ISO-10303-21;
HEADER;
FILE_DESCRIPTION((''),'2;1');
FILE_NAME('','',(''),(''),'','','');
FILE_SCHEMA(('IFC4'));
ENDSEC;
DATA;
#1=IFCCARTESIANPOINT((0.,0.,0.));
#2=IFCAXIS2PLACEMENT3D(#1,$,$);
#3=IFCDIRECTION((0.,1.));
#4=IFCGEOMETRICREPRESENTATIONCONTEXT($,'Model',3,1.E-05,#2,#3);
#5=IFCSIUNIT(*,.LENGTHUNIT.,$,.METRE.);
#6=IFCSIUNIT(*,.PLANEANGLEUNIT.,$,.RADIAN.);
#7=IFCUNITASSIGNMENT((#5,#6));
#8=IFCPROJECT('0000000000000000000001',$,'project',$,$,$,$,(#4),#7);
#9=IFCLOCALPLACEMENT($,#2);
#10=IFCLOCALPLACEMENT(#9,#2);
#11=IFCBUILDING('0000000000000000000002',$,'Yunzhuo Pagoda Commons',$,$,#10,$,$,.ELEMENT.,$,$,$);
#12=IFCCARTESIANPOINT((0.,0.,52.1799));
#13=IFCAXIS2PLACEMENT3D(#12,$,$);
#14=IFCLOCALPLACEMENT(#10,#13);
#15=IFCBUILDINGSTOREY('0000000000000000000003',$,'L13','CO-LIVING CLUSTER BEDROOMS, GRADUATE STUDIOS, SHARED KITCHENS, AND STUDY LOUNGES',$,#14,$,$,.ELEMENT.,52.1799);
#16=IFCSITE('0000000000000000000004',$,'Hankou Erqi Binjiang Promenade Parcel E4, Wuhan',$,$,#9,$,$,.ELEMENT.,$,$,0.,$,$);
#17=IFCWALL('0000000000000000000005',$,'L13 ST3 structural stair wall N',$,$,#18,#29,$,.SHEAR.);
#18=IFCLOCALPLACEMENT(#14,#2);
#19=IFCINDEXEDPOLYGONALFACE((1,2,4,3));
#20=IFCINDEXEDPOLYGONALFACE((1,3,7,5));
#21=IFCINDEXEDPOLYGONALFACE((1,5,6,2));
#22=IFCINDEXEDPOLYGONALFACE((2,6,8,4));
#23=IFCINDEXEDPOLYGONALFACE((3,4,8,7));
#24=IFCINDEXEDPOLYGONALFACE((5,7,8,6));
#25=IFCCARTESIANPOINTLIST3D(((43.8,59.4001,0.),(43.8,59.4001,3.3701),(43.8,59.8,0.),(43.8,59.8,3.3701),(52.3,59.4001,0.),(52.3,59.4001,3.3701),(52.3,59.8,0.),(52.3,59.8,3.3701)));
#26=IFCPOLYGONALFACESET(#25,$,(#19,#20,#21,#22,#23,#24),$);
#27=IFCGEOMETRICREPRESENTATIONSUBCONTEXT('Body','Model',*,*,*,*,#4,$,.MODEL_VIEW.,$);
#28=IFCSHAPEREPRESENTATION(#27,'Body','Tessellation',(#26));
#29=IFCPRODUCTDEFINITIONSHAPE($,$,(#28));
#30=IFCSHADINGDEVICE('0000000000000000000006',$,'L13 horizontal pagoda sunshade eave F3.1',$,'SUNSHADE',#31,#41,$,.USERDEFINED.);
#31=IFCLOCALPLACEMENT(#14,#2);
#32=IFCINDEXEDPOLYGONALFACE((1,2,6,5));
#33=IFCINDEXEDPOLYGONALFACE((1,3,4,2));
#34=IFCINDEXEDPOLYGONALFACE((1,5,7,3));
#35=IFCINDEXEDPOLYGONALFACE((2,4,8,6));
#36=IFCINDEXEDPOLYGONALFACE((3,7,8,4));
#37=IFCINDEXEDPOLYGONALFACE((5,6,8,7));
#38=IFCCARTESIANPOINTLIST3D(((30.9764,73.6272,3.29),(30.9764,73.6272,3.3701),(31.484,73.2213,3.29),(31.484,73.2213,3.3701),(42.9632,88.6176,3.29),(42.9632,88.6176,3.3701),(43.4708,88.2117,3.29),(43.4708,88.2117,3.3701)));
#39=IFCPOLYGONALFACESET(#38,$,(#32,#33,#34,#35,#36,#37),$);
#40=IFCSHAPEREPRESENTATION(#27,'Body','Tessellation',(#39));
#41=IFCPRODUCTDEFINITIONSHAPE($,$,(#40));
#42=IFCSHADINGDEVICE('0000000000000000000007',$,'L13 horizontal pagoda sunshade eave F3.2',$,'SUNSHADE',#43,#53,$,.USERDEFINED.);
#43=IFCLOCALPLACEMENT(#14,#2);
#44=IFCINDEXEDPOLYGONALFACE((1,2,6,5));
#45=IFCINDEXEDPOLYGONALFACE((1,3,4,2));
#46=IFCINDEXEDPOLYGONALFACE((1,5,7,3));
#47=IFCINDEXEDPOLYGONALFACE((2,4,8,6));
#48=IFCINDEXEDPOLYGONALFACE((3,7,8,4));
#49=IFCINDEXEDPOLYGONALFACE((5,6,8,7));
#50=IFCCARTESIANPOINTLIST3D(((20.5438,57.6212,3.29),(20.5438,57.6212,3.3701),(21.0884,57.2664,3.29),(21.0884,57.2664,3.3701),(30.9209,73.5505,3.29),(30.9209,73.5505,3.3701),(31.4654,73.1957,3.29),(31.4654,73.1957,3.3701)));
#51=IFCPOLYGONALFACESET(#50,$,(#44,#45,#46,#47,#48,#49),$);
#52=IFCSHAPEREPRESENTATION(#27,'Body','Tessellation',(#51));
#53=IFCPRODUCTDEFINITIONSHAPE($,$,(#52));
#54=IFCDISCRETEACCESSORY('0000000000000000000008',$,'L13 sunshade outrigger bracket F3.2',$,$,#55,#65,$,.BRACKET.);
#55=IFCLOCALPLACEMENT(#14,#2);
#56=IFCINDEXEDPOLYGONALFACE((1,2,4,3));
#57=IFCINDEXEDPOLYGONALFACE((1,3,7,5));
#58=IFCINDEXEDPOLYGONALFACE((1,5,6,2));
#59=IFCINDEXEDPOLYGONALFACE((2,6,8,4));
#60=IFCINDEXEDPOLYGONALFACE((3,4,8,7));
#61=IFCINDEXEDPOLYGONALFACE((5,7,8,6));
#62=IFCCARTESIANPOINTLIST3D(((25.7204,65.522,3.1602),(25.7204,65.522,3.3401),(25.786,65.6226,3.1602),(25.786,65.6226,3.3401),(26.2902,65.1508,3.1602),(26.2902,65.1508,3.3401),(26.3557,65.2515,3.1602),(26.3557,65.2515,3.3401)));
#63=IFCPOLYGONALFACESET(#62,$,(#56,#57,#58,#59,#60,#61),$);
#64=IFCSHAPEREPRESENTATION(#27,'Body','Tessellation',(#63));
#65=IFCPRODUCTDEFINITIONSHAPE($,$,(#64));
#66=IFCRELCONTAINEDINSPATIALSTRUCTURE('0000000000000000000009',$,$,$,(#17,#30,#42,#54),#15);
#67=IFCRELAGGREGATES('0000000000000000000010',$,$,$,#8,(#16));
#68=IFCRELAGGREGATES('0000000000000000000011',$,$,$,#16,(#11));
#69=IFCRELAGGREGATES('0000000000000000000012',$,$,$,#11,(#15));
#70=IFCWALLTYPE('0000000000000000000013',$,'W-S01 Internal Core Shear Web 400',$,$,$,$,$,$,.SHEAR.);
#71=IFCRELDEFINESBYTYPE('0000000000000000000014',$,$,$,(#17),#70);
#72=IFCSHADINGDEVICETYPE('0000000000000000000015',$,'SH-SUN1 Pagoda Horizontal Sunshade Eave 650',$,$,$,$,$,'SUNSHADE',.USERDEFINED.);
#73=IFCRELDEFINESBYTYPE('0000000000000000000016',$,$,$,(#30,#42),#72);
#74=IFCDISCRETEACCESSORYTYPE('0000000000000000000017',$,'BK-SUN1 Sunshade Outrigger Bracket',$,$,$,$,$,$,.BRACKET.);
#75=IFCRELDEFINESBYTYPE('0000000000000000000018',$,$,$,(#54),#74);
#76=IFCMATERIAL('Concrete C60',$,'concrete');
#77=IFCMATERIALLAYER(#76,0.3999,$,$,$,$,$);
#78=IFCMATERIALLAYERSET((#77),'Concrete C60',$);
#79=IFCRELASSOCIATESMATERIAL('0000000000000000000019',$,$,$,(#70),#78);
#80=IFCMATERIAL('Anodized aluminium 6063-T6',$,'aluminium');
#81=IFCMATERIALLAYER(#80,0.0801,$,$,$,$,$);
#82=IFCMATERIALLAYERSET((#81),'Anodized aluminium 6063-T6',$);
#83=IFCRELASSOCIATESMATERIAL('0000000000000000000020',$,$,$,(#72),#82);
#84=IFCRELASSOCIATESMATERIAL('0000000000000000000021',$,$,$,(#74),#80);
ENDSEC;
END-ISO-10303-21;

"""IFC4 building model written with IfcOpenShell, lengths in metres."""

from ifc_helpers import new_model, si_unit, direction, frame, frame_2d, origin, origin_2d, place, context, subcontext, project, spatial, rectangle, extrude, source, transform, mapped, material, layer, layer_set, type_object, element, save


model = new_model("IFC4")

# Units and contexts
model_context = context("Model", 3, precision=1e-05, world=origin(), true_north=direction((0.0, 1.0)))
body_context = subcontext(model_context, "Body", "Model", "MODEL_VIEW")
ifc_project = project(units=[si_unit("LENGTHUNIT", "METRE"), si_unit("PLANEANGLEUNIT", "RADIAN")], contexts=[model_context])

# Site, building, storey
site_placement = place(None, origin())
site = spatial("IfcSite", under=ifc_project, at=site_placement, Name="Hankou Erqi Binjiang Promenade Parcel E4, Wuhan", CompositionType="ELEMENT", RefElevation=0.0)
building_placement = place(site_placement, origin())
building = spatial("IfcBuilding", under=site, at=building_placement, Name="Yunzhuo Pagoda Commons", CompositionType="ELEMENT")
storey_placement = place(building_placement, frame((0.0, 0.0, 52.1799)))
storey = spatial("IfcBuildingStorey", under=building, at=storey_placement, Name="L13", Description="CO-LIVING CLUSTER BEDROOMS, GRADUATE STUDIOS, SHARED KITCHENS, AND STUDY LOUNGES", CompositionType="ELEMENT", Elevation=52.1799)

# Shared definitions
ifc_material_1 = material(Name="Anodized aluminium 6063-T6", Category="aluminium")

# Wall
ifc_material_2 = material(Name="Concrete C60", Category="concrete")
ifc_layer_1 = layer(ifc_material_2, 0.3999)
ifc_layer_set_1 = layer_set([ifc_layer_1], Name="Concrete C60")
wall_type = type_object("IfcWallType", Name="W-S01 Internal Core Shear Web 400", PredefinedType="SHEAR", material=ifc_layer_set_1)
wall_placement = place(storey_placement, frame((43.8, 59.6001, 0.0), z_axis=(0.0, 0.0, 1.0), x_axis=(1.0, 0.0, 0.0)))
element("IfcWall", 1, at=wall_placement, inside=storey, type_object=wall_type, Name="L13 ST3 structural stair wall N", PredefinedType="SHEAR", context=body_context, shape_type="SweptSolid", body=[
    extrude(rectangle(XDim=8.5, YDim=0.3999, at=frame_2d((4.25, 0.0))), origin(), (0.0, 0.0, 1.0), 3.3701),
])

# Shading devices
ifc_layer_2 = layer(ifc_material_1, 0.0801)
ifc_layer_set_2 = layer_set([ifc_layer_2], Name="Anodized aluminium 6063-T6")
shading_device_type = type_object("IfcShadingDeviceType", Name="SH-SUN1 Pagoda Horizontal Sunshade Eave 650", ElementType="SUNSHADE", PredefinedType="USERDEFINED", material=ifc_layer_set_2)
shared_shape_1 = source(origin(), body_context, "Body", "SweptSolid", [
    extrude(rectangle(XDim=19.1936, YDim=0.6499, at=origin_2d()), origin(), (0.0, 0.0, 1.0), 0.0801),
])
shading_device_1_placement = place(storey_placement, frame((37.2236, 80.9194, 3.29), z_axis=(0.0, 0.0, 1.0), x_axis=(-0.62452, -0.781008, 0.0)))
element("IfcShadingDevice", 2, at=shading_device_1_placement, inside=storey, type_object=shading_device_type, Name="L13 horizontal pagoda sunshade eave F3.1", ObjectType="SUNSHADE", PredefinedType="USERDEFINED", context=body_context, shape_type="MappedRepresentation", body=[
    mapped(shared_shape_1, transform((0.0, 0.0, 0.0), scale=1.0)),
])
shared_shape_2 = source(origin(), body_context, "Body", "SweptSolid", [
    extrude(rectangle(XDim=19.0112, YDim=0.6499, at=origin_2d()), origin(), (0.0, 0.0, 1.0), 0.0801),
])
shading_device_2_placement = place(storey_placement, frame((26.0046, 65.4084, 3.29), z_axis=(0.0, 0.0, 1.0), x_axis=(-0.545839, -0.83789, 0.0)))
element("IfcShadingDevice", 3, at=shading_device_2_placement, inside=storey, type_object=shading_device_type, Name="L13 horizontal pagoda sunshade eave F3.2", ObjectType="SUNSHADE", PredefinedType="USERDEFINED", context=body_context, shape_type="MappedRepresentation", body=[
    mapped(shared_shape_2, transform((0.0, 0.0, 0.0), scale=1.0)),
])

# Discrete accessory
discrete_accessory_type = type_object("IfcDiscreteAccessoryType", Name="BK-SUN1 Sunshade Outrigger Bracket", PredefinedType="BRACKET", material=ifc_material_1)
shared_shape_3 = source(origin(), body_context, "Body", "SweptSolid", [
    extrude(rectangle(XDim=0.1201, YDim=0.6799, at=origin_2d()), origin(), (0.0, 0.0, 1.0), 0.1799),
])
discrete_accessory_placement = place(storey_placement, frame((26.0381, 65.3867, 3.1602), z_axis=(0.0, 0.0, 1.0), x_axis=(-0.545839, -0.83789, 0.0)))
element("IfcDiscreteAccessory", 4, at=discrete_accessory_placement, inside=storey, type_object=discrete_accessory_type, Name="L13 sunshade outrigger bracket F3.2", PredefinedType="BRACKET", context=body_context, shape_type="MappedRepresentation", body=[
    mapped(shared_shape_3, transform((0.0, 0.0, 0.0), scale=1.0)),
])

save(model, "model.ifc")
